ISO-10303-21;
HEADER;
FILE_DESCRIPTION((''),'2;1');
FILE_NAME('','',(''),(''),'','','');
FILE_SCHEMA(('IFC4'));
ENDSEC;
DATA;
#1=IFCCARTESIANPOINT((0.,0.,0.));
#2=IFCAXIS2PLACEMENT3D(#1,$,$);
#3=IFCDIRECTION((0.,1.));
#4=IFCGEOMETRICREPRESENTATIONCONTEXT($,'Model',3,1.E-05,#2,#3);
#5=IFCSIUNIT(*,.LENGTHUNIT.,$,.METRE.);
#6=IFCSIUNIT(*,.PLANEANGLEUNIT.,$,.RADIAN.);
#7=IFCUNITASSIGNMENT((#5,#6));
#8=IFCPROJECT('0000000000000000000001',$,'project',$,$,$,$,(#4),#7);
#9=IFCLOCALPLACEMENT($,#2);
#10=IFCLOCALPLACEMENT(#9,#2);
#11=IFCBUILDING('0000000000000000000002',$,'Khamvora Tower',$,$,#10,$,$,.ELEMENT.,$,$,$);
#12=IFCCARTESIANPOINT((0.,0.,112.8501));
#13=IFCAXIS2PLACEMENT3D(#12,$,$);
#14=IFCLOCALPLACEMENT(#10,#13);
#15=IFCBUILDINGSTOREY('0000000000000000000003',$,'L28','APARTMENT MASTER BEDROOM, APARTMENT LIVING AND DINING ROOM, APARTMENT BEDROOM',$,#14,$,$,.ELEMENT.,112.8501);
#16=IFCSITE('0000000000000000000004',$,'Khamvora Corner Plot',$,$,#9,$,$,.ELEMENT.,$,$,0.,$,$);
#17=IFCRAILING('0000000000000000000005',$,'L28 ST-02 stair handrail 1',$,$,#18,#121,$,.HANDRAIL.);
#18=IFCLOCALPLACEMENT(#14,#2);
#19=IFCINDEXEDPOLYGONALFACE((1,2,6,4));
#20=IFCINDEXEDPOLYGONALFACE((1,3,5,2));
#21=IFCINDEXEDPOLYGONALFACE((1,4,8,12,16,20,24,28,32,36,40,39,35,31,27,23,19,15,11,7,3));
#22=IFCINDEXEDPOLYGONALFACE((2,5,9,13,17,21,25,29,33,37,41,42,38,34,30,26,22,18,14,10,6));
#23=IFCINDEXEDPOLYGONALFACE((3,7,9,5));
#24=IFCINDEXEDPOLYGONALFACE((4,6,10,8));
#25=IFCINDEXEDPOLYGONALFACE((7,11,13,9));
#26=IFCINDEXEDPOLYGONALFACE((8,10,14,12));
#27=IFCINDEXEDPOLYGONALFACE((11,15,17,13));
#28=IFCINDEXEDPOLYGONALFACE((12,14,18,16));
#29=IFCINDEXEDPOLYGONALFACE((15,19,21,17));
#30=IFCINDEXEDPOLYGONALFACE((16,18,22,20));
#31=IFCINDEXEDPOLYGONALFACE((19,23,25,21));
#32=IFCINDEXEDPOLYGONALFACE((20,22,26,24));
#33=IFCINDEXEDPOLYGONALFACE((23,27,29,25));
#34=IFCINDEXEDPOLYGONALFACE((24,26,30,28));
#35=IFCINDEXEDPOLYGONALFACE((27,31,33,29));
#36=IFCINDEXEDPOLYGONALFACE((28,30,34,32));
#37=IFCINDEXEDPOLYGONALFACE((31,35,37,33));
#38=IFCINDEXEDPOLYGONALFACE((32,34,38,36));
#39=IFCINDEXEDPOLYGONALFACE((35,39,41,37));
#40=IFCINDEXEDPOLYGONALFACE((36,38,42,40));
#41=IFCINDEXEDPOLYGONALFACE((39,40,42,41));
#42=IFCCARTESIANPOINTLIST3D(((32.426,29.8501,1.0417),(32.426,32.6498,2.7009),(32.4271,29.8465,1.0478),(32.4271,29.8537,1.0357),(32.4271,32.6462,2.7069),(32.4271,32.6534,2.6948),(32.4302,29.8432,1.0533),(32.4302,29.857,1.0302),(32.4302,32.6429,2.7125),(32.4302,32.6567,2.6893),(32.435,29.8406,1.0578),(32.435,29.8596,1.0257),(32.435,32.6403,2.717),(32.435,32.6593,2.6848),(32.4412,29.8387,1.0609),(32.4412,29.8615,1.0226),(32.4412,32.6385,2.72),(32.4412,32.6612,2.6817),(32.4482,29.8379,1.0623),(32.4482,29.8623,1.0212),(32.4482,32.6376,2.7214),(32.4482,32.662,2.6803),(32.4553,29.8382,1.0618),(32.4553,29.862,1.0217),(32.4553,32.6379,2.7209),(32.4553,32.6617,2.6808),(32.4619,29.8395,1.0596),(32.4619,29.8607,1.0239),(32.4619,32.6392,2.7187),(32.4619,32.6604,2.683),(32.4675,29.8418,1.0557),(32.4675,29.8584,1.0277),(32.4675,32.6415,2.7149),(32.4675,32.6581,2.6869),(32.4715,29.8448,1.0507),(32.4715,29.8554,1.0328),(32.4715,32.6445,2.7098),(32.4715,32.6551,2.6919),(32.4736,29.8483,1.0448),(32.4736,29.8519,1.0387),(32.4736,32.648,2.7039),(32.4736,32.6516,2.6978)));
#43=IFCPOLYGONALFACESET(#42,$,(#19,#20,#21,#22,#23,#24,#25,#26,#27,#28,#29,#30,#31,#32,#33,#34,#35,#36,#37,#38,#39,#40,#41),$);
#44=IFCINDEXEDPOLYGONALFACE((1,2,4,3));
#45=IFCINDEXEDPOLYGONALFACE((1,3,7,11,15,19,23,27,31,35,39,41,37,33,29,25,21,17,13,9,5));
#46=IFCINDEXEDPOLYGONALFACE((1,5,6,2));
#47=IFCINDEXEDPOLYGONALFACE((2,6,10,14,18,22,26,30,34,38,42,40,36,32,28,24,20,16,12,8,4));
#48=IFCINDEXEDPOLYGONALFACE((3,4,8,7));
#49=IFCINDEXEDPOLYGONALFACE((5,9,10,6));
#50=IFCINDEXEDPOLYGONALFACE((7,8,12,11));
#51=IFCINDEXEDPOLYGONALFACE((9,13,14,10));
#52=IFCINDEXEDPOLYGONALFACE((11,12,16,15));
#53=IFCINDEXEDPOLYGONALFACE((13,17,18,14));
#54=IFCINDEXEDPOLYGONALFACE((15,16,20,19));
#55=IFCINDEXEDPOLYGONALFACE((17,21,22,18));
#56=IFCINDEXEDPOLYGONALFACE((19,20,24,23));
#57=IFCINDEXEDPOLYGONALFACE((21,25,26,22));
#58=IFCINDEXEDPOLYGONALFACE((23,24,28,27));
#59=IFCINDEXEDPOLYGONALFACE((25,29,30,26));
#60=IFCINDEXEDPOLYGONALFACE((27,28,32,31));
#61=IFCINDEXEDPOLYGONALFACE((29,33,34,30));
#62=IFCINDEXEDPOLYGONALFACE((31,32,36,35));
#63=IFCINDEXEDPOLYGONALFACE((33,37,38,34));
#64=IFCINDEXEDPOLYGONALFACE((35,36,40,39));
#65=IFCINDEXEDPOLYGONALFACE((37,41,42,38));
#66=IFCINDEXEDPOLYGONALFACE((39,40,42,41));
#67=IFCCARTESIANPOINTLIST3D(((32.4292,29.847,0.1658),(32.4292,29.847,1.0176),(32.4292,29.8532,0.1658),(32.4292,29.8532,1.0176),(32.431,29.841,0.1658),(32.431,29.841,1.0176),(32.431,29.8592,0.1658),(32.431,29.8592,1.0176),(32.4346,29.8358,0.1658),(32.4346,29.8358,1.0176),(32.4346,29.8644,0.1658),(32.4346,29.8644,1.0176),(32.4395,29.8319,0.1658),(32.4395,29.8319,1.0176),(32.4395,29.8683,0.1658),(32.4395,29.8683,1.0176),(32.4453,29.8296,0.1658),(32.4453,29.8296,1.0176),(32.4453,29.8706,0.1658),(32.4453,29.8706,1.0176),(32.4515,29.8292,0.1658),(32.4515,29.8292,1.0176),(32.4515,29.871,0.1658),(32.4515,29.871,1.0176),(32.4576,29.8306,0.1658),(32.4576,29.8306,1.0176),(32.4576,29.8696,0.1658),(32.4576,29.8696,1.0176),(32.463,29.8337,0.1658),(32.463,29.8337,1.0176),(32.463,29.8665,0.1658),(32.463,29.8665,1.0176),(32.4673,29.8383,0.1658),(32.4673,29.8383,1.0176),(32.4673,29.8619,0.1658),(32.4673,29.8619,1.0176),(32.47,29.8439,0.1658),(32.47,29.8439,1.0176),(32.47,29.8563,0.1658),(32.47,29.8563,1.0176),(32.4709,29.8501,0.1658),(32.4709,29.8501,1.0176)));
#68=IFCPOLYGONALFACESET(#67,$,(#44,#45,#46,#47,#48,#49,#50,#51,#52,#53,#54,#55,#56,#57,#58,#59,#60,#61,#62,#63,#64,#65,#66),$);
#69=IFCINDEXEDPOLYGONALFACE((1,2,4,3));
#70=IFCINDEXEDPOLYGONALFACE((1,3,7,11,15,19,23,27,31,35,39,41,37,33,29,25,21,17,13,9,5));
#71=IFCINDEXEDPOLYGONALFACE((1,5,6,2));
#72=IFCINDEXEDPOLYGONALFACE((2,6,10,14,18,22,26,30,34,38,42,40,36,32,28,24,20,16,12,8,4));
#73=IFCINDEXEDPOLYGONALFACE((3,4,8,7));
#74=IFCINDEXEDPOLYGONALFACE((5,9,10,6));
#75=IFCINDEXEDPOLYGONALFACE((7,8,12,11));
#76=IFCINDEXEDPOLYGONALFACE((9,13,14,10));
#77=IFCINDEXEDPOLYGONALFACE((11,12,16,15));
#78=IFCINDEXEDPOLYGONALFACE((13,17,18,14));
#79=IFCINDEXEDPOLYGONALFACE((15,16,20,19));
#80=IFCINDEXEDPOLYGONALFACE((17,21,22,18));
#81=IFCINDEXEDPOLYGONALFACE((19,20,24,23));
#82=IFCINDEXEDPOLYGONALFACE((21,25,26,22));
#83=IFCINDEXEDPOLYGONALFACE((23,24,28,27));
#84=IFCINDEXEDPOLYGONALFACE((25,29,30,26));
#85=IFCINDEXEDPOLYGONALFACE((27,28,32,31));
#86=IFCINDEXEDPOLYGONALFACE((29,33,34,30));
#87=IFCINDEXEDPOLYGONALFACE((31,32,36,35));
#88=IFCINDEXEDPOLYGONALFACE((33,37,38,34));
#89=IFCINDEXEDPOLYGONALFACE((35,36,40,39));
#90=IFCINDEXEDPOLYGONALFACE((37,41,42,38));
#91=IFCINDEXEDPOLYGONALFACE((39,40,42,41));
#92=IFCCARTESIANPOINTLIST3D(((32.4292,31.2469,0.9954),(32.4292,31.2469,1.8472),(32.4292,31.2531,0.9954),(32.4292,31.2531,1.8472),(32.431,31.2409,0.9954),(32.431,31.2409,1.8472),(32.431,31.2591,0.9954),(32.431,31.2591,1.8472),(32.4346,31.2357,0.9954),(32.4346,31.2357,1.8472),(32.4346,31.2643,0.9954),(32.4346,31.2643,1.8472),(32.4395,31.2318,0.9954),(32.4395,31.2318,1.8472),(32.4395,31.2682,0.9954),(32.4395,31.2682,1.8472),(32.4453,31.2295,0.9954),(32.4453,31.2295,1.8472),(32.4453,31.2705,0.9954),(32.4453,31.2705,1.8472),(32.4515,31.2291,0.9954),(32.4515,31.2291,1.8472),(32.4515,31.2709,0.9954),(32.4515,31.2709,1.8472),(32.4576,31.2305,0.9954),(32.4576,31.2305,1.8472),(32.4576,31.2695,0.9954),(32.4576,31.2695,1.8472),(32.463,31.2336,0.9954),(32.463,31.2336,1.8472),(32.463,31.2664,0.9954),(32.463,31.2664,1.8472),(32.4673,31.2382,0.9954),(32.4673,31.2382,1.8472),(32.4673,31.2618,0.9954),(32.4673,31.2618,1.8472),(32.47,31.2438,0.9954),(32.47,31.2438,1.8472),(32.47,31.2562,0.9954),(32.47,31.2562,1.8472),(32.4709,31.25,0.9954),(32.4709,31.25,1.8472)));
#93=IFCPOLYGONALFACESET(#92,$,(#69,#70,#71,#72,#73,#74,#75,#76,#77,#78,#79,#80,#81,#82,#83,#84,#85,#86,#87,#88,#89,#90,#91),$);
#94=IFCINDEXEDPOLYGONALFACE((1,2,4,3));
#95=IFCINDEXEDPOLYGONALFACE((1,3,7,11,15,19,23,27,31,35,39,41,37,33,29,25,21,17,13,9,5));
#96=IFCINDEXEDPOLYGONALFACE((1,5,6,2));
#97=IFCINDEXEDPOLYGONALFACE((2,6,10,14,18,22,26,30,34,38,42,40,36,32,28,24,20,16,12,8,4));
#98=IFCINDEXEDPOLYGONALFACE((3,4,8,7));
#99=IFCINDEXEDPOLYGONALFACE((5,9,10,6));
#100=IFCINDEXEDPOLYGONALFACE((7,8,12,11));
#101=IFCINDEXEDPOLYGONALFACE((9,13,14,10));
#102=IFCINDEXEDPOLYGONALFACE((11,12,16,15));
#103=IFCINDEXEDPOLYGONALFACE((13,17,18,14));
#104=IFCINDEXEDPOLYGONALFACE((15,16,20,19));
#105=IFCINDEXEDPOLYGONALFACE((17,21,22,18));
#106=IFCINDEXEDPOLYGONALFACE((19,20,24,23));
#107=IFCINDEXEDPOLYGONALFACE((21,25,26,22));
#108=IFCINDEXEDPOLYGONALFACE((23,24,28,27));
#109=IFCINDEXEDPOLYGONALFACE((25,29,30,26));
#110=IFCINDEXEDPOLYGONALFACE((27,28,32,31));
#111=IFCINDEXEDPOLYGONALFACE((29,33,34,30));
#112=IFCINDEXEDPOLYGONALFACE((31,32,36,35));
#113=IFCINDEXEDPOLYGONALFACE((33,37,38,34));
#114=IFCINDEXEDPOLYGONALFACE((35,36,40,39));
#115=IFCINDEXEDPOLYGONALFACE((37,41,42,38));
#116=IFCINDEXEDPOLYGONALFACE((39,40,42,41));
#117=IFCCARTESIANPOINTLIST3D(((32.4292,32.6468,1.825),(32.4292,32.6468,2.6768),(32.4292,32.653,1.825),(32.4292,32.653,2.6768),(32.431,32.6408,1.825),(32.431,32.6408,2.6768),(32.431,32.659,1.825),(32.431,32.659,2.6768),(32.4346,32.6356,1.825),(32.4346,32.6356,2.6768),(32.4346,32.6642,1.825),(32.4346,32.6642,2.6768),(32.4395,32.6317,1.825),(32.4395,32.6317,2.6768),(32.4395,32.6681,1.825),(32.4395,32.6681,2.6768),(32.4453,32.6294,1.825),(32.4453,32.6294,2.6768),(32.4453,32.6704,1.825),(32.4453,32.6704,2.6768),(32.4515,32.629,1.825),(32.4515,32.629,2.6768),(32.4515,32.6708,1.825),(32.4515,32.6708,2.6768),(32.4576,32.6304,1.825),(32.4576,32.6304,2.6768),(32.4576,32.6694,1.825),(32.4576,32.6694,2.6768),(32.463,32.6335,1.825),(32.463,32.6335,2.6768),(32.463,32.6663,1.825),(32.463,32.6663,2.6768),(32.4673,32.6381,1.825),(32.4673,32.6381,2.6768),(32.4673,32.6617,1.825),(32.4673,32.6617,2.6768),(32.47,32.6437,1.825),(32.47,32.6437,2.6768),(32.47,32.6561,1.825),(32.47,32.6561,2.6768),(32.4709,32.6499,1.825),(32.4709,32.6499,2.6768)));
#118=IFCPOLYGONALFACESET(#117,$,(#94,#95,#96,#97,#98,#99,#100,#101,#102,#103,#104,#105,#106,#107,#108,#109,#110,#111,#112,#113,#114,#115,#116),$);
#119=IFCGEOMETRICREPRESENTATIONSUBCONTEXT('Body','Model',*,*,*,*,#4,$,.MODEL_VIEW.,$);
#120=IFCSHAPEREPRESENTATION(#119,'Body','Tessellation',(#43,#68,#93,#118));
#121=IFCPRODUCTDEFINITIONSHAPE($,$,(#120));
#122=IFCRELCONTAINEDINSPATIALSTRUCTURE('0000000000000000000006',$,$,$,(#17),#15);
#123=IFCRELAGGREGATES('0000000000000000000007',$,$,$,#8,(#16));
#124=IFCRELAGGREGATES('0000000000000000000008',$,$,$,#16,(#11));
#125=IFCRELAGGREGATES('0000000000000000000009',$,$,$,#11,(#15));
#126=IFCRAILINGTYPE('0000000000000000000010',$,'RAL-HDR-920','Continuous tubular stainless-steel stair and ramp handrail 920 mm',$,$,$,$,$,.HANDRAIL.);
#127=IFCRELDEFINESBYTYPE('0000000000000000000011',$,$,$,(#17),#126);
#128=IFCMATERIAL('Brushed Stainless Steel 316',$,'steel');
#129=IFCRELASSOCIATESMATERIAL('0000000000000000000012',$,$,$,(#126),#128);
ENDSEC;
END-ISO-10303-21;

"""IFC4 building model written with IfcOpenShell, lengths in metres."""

from ifc_helpers import new_model, si_unit, direction, frame, origin, origin_2d, place, context, subcontext, project, spatial, circle, extrude, material, type_object, element, save


model = new_model("IFC4")

# Units and contexts
model_context = context("Model", 3, precision=1e-05, world=origin(), true_north=direction((0.0, 1.0)))
body_context = subcontext(model_context, "Body", "Model", "MODEL_VIEW")
ifc_project = project(units=[si_unit("LENGTHUNIT", "METRE"), si_unit("PLANEANGLEUNIT", "RADIAN")], contexts=[model_context])

# Site, building, storey
site_placement = place(None, origin())
site = spatial("IfcSite", under=ifc_project, at=site_placement, Name="Khamvora Corner Plot", CompositionType="ELEMENT", RefElevation=0.0)
building_placement = place(site_placement, origin())
building = spatial("IfcBuilding", under=site, at=building_placement, Name="Khamvora Tower", CompositionType="ELEMENT")
storey_placement = place(building_placement, frame((0.0, 0.0, 112.8501)))
storey = spatial("IfcBuildingStorey", under=building, at=storey_placement, Name="L28", Description="APARTMENT MASTER BEDROOM, APARTMENT LIVING AND DINING ROOM, APARTMENT BEDROOM", CompositionType="ELEMENT", Elevation=112.8501)

# Railing
ifc_material_1 = material(Name="Brushed Stainless Steel 316", Category="steel")
railing_type = type_object("IfcRailingType", Name="RAL-HDR-920", Description="Continuous tubular stainless-steel stair and ramp handrail 920 mm", PredefinedType="HANDRAIL", material=ifc_material_1)
railing_placement = place(storey_placement, frame((32.45, 29.8501, 0.1658)))
element("IfcRailing", 1, at=railing_placement, inside=storey, type_object=railing_type, Name="L28 ST-02 stair handrail 1", PredefinedType="HANDRAIL", context=body_context, shape_type="SweptSolid", body=[
    extrude(circle(Radius=0.0239, at=origin_2d()), frame((0.0, 0.0, 0.876), z_axis=(0.0, 0.860287, 0.509811), x_axis=(-1.0, 0.0, 0.0)), (0.0, 0.0, 1.0), 3.2544),
    extrude(circle(Radius=0.021, at=origin_2d()), origin(), (0.0, 0.0, 1.0), 0.8518),
    extrude(circle(Radius=0.021, at=origin_2d()), frame((0.0, 1.3999, 0.8296)), (0.0, 0.0, 1.0), 0.8518),
    extrude(circle(Radius=0.021, at=origin_2d()), frame((0.0, 2.7998, 1.6592)), (0.0, 0.0, 1.0), 0.8518),
])

save(model, "model.ifc")
